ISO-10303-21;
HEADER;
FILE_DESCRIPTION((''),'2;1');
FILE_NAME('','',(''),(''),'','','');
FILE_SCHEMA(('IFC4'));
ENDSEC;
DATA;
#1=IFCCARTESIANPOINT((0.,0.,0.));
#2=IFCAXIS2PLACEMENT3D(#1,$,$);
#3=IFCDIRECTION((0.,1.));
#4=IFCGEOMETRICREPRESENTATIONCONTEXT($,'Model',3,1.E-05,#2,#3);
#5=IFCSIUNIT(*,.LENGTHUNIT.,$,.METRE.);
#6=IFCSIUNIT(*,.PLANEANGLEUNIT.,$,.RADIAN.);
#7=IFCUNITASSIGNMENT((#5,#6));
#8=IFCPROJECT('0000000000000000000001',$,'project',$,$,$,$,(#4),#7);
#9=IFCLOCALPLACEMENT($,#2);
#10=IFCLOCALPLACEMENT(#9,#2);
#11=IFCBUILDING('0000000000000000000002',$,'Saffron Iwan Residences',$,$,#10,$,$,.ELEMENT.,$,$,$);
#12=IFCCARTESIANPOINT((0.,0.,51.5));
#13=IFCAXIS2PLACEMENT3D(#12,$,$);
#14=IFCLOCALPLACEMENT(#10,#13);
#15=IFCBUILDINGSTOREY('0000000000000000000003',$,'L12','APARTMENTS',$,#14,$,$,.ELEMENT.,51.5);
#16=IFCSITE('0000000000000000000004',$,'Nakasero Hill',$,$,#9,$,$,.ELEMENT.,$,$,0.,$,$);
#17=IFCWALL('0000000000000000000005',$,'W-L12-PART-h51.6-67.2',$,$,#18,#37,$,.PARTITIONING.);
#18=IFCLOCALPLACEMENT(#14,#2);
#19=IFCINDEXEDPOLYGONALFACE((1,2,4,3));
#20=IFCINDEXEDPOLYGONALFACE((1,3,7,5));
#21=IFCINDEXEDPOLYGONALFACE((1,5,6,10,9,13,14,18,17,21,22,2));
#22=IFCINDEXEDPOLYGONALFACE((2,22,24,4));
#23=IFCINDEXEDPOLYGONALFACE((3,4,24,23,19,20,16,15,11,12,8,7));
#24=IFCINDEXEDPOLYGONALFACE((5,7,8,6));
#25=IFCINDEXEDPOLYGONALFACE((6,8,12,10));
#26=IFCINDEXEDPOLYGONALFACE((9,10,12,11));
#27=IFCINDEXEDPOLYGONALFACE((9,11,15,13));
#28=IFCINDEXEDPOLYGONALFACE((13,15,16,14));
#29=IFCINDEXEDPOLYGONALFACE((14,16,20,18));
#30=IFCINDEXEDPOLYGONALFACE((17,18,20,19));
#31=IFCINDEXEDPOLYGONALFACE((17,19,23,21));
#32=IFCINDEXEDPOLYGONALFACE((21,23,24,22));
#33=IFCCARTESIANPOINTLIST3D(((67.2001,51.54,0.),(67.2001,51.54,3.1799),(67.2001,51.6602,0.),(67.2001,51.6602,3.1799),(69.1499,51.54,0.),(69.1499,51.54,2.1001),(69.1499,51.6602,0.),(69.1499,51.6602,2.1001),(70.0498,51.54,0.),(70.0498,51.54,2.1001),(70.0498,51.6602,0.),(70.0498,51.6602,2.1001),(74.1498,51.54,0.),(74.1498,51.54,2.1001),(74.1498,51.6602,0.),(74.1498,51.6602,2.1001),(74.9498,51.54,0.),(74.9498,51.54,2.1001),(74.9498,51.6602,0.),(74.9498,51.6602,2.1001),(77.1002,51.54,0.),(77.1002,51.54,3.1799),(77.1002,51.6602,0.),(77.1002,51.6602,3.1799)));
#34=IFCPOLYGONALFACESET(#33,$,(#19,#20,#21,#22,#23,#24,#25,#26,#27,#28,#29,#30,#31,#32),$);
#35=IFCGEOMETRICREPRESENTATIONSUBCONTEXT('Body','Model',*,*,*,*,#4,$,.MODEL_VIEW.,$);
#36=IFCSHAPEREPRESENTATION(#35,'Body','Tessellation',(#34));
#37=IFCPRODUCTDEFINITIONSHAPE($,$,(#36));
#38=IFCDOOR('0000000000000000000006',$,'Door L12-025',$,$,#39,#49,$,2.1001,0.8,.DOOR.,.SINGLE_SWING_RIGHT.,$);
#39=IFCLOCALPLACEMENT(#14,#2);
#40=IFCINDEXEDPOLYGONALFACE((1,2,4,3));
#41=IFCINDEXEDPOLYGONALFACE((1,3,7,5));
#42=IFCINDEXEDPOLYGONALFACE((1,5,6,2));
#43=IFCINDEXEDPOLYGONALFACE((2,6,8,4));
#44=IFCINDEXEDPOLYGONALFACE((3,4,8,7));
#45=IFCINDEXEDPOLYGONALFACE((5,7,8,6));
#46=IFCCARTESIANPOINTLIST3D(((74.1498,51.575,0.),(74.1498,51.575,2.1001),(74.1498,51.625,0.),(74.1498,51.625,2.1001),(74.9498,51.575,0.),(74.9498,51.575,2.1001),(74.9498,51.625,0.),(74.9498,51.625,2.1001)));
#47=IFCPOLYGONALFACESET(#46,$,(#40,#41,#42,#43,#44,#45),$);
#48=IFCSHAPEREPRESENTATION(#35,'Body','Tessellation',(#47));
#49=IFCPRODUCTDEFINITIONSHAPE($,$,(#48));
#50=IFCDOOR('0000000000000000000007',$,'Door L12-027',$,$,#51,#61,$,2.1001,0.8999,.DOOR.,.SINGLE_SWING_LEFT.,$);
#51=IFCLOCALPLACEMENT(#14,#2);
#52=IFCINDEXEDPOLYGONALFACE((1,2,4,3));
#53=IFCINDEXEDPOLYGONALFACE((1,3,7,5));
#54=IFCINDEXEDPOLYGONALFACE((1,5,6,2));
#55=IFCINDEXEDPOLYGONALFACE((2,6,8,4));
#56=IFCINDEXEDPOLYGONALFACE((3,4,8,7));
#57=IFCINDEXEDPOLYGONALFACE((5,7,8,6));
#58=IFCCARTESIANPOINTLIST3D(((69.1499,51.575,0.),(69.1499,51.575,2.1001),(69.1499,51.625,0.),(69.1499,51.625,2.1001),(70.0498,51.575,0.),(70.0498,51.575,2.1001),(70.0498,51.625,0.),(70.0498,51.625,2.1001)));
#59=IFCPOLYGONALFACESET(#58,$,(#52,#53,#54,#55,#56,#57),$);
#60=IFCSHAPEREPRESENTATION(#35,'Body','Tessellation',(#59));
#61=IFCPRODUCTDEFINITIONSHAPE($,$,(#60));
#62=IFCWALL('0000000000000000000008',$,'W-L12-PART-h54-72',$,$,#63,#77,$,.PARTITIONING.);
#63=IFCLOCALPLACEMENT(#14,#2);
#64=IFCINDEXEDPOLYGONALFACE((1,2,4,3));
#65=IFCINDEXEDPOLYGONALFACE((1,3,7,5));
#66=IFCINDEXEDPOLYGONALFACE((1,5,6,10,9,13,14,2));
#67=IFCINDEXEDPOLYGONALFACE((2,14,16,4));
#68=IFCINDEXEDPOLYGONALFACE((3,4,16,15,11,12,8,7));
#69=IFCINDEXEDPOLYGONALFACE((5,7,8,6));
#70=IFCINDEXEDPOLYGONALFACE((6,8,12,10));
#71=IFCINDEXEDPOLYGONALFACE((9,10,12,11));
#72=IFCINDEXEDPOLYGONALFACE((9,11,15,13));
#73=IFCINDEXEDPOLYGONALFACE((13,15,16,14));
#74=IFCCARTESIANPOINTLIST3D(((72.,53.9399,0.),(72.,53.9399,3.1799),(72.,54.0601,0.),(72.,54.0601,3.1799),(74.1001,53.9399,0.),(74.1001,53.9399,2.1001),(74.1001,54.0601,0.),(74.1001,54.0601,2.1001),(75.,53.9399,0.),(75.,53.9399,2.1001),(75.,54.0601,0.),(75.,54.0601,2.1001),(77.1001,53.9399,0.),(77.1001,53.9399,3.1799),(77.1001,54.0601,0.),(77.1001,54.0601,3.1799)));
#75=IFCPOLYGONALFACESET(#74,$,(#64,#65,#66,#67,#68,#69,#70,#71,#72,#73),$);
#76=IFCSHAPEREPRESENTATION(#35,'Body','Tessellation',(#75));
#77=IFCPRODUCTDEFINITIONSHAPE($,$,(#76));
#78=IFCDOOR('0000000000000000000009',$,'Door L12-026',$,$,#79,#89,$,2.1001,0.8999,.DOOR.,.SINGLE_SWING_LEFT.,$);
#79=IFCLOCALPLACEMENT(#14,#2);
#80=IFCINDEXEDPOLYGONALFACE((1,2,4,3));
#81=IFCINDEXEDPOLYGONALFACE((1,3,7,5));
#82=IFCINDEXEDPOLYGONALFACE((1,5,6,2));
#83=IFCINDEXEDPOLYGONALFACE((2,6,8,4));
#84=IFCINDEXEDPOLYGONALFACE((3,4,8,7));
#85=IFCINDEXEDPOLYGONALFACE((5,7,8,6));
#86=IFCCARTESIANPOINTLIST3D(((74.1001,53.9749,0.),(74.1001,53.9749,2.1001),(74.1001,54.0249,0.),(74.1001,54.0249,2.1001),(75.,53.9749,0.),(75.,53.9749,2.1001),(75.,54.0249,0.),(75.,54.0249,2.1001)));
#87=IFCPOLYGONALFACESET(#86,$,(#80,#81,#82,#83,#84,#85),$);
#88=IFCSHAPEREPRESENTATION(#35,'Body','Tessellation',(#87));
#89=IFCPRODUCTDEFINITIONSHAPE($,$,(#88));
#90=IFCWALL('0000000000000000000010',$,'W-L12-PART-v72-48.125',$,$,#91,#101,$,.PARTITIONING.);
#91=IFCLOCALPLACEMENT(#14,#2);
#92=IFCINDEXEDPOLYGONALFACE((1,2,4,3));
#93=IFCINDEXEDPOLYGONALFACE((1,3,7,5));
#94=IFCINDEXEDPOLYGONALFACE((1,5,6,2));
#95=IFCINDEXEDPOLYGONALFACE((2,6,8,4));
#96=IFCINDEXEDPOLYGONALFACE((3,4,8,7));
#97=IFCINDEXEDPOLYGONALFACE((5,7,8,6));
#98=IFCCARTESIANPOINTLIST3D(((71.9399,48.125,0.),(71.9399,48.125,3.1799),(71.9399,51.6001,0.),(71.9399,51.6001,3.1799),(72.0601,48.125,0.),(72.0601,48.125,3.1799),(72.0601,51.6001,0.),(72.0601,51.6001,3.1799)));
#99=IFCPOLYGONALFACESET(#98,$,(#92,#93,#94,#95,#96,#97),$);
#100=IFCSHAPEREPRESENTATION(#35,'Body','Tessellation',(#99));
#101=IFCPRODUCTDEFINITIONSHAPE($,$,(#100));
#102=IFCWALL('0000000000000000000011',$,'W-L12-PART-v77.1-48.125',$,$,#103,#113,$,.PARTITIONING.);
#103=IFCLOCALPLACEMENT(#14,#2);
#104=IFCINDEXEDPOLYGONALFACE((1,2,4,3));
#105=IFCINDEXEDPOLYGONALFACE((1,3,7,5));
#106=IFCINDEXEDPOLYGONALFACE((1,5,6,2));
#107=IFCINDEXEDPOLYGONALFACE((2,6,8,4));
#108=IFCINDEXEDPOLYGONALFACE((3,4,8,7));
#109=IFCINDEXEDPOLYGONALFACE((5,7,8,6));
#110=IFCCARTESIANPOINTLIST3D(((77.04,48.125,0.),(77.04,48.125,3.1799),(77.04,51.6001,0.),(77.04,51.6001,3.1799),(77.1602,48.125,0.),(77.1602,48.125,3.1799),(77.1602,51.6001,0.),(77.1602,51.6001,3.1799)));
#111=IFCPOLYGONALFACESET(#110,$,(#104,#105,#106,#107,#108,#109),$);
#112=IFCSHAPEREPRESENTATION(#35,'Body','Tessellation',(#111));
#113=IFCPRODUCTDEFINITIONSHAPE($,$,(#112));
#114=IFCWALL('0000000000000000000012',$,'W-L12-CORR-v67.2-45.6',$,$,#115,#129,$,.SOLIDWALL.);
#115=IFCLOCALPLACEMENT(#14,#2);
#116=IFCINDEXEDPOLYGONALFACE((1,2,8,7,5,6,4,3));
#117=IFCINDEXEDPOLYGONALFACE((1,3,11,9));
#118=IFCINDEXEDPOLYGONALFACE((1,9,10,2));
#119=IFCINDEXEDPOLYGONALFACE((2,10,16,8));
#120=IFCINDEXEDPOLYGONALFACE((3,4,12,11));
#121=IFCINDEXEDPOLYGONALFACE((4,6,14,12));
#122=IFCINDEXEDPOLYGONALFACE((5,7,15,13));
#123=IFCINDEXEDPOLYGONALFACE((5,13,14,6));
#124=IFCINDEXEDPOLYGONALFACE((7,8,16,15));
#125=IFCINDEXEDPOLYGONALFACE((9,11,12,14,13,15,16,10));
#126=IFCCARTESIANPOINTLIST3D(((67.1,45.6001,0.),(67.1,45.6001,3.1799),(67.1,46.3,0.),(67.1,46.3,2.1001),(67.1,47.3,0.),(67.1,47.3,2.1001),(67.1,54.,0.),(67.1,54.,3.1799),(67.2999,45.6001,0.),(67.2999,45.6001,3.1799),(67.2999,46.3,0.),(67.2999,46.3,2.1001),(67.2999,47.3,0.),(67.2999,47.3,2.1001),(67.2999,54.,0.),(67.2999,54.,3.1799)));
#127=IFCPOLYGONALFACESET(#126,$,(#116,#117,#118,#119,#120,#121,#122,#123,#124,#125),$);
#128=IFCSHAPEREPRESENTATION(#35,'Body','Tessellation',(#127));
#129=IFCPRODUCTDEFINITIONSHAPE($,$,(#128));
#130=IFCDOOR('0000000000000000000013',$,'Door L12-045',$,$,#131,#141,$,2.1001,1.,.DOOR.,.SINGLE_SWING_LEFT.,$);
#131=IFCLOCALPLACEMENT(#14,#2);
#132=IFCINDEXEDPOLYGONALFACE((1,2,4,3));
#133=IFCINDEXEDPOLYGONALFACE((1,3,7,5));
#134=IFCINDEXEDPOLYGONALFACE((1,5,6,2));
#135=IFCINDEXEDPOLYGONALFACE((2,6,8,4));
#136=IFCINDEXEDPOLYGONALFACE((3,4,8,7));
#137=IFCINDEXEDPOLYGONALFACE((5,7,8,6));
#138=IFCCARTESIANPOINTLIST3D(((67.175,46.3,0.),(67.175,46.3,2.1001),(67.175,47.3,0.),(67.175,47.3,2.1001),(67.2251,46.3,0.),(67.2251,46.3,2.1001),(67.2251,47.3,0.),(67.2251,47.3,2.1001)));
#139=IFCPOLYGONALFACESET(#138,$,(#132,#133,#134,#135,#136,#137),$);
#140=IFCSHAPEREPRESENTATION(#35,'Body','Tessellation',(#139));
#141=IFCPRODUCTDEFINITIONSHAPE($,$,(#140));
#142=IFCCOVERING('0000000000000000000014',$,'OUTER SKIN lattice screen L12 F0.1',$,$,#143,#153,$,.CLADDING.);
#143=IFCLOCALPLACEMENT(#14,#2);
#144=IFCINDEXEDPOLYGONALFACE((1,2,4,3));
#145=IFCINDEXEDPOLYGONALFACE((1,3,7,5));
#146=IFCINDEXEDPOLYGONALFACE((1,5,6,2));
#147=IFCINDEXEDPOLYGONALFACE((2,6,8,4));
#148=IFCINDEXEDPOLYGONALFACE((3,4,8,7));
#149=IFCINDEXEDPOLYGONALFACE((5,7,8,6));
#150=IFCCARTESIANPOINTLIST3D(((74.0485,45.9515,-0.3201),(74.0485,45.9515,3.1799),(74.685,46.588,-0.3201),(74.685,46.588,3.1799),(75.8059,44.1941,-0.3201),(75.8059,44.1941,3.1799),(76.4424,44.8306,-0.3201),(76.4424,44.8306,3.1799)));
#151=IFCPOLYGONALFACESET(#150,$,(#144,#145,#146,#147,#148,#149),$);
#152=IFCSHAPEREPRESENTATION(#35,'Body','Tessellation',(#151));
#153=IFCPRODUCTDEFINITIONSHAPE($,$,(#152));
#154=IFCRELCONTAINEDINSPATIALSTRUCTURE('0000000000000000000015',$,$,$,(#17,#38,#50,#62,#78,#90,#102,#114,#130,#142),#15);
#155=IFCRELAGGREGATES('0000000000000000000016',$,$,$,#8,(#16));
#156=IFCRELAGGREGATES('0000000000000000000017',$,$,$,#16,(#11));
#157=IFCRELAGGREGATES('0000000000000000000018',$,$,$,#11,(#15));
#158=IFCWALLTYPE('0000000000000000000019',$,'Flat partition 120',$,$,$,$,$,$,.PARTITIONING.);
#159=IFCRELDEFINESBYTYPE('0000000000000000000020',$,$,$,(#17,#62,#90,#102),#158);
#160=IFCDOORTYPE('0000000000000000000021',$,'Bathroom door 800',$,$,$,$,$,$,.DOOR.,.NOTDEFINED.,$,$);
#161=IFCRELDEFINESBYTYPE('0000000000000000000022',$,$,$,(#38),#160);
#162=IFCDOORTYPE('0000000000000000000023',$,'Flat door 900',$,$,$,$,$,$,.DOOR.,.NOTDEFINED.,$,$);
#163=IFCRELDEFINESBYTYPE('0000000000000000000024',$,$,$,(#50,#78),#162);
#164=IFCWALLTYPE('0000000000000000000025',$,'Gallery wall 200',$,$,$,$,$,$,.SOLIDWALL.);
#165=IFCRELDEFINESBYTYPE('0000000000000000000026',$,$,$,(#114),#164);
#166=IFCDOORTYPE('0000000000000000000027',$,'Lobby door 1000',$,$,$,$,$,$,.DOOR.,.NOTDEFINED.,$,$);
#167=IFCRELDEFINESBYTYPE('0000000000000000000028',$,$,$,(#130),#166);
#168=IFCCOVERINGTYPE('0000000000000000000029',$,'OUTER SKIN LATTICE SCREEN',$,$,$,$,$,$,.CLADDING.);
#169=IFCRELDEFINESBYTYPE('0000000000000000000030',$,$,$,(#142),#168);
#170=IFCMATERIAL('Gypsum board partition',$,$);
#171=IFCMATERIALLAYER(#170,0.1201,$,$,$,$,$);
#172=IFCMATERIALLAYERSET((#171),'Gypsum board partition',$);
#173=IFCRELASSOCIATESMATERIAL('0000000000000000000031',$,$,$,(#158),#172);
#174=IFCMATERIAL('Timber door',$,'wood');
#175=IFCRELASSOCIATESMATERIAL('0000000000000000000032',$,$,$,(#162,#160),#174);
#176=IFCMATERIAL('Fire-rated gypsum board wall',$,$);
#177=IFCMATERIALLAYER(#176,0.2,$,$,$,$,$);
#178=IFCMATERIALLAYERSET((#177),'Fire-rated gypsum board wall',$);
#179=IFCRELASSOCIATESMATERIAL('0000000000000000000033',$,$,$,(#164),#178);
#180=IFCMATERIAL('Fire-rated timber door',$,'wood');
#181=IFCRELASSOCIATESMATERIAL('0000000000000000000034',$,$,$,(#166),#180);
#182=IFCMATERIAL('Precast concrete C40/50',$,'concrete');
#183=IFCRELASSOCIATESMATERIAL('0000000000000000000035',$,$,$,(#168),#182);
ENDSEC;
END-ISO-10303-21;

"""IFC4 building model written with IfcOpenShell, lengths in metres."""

from ifc_helpers import new_model, si_unit, direction, frame, frame_2d, origin, place, context, subcontext, project, spatial, polyline, rectangle, outline, extrude, material, layer, layer_set, type_object, element, fill, save


model = new_model("IFC4")

# Units and contexts
model_context = context("Model", 3, precision=1e-05, world=origin(), true_north=direction((0.0, 1.0)))
body_context = subcontext(model_context, "Body", "Model", "MODEL_VIEW")
ifc_project = project(units=[si_unit("LENGTHUNIT", "METRE"), si_unit("PLANEANGLEUNIT", "RADIAN")], contexts=[model_context])

# Site, building, storey
site_placement = place(None, origin())
site = spatial("IfcSite", under=ifc_project, at=site_placement, Name="Nakasero Hill", CompositionType="ELEMENT", RefElevation=0.0)
building_placement = place(site_placement, origin())
building = spatial("IfcBuilding", under=site, at=building_placement, Name="Saffron Iwan Residences", CompositionType="ELEMENT")
storey_placement = place(building_placement, frame((0.0, 0.0, 51.5)))
storey = spatial("IfcBuildingStorey", under=building, at=storey_placement, Name="L12", Description="APARTMENTS", CompositionType="ELEMENT", Elevation=51.5)

# Shared definitions
ifc_material_1 = material(Name="Fire-rated gypsum board wall")

# Shared definitions
ifc_material_2 = material(Name="Gypsum board partition")
ifc_layer_1 = layer(ifc_material_2, 0.1201)
ifc_layer_set_1 = layer_set([ifc_layer_1], Name="Gypsum board partition")
wall_type_1 = type_object("IfcWallType", Name="Flat partition 120", PredefinedType="PARTITIONING", material=ifc_layer_set_1)
ifc_material_3 = material(Name="Timber door", Category="wood")
door_type_1 = type_object("IfcDoorType", Name="Flat door 900", OperationType="NOTDEFINED", PredefinedType="DOOR", material=ifc_material_3)

# Wall, openings, doors
wall_1_placement = place(storey_placement, frame((67.2, 51.6001, 0.0), z_axis=(0.0, 0.0, 1.0), x_axis=(1.0, 0.0, 0.0)))
wall_1 = element("IfcWall", 1, at=wall_1_placement, inside=storey, type_object=wall_type_1, Name="W-L12-PART-h51.6-67.2", PredefinedType="PARTITIONING", context=body_context, shape_type="SweptSolid", body=[
    extrude(rectangle(XDim=9.9001, YDim=0.1201, at=frame_2d((4.9502, 0.0))), origin(), (0.0, 0.0, 1.0), 3.1799),
])
opening_1_placement = place(wall_1_placement, frame((6.95, 0.0, 0.0)))
opening_1 = element("IfcOpeningElement", 2, at=opening_1_placement, cuts=wall_1, PredefinedType="OPENING", context=body_context, shape_type="SweptSolid", body=[
    extrude(rectangle(XDim=0.8, YDim=2.1001, at=frame_2d((0.3999, 1.05))), frame((0.0, 0.0701, 0.0), z_axis=(0.0, -1.0, 0.0), x_axis=(1.0, 0.0, 0.0)), (0.0, 0.0, 1.0), 0.1401),
])
opening_2_placement = place(wall_1_placement, frame((1.95, 0.0, 0.0)))
opening_2 = element("IfcOpeningElement", 3, at=opening_2_placement, cuts=wall_1, PredefinedType="OPENING", context=body_context, shape_type="SweptSolid", body=[
    extrude(rectangle(XDim=0.8999, YDim=2.1001, at=frame_2d((0.45, 1.05))), frame((0.0, 0.0701, 0.0), z_axis=(0.0, -1.0, 0.0), x_axis=(1.0, 0.0, 0.0)), (0.0, 0.0, 1.0), 0.1401),
])
door_type_2 = type_object("IfcDoorType", Name="Bathroom door 800", OperationType="NOTDEFINED", PredefinedType="DOOR", material=ifc_material_3)
door_1_placement = place(opening_1_placement, origin())
door_1 = element("IfcDoor", 4, at=door_1_placement, inside=storey, type_object=door_type_2, Name="Door L12-025", OperationType="SINGLE_SWING_RIGHT", OverallHeight=2.1001, OverallWidth=0.8, PredefinedType="DOOR", context=body_context, shape_type="SweptSolid", body=[
    extrude(rectangle(XDim=0.8, YDim=2.1001, at=frame_2d((0.3999, 1.05))), frame((0.0, 0.0249, 0.0), z_axis=(0.0, -1.0, 0.0), x_axis=(1.0, 0.0, 0.0)), (0.0, 0.0, 1.0), 0.05),
])
fill(opening_1, door_1)
door_2_placement = place(opening_2_placement, origin())
door_2 = element("IfcDoor", 5, at=door_2_placement, inside=storey, type_object=door_type_1, Name="Door L12-027", OperationType="SINGLE_SWING_LEFT", OverallHeight=2.1001, OverallWidth=0.8999, PredefinedType="DOOR", context=body_context, shape_type="SweptSolid", body=[
    extrude(rectangle(XDim=0.8999, YDim=2.1001, at=frame_2d((0.45, 1.05))), frame((0.0, 0.0249, 0.0), z_axis=(0.0, -1.0, 0.0), x_axis=(1.0, 0.0, 0.0)), (0.0, 0.0, 1.0), 0.05),
])
fill(opening_2, door_2)

# Wall, opening, door
wall_2_placement = place(storey_placement, frame((72.0, 54.0, 0.0), z_axis=(0.0, 0.0, 1.0), x_axis=(1.0, 0.0, 0.0)))
wall_2 = element("IfcWall", 6, at=wall_2_placement, inside=storey, type_object=wall_type_1, Name="W-L12-PART-h54-72", PredefinedType="PARTITIONING", context=body_context, shape_type="SweptSolid", body=[
    extrude(rectangle(XDim=5.1001, YDim=0.1201, at=frame_2d((2.55, 0.0))), origin(), (0.0, 0.0, 1.0), 3.1799),
])
opening_3_placement = place(wall_2_placement, frame((2.1001, 0.0, 0.0)))
opening_3 = element("IfcOpeningElement", 7, at=opening_3_placement, cuts=wall_2, PredefinedType="OPENING", context=body_context, shape_type="SweptSolid", body=[
    extrude(rectangle(XDim=0.8999, YDim=2.1001, at=frame_2d((0.45, 1.05))), frame((0.0, 0.0701, 0.0), z_axis=(0.0, -1.0, 0.0), x_axis=(1.0, 0.0, 0.0)), (0.0, 0.0, 1.0), 0.1401),
])
door_3_placement = place(opening_3_placement, origin())
door_3 = element("IfcDoor", 8, at=door_3_placement, inside=storey, type_object=door_type_1, Name="Door L12-026", OperationType="SINGLE_SWING_LEFT", OverallHeight=2.1001, OverallWidth=0.8999, PredefinedType="DOOR", context=body_context, shape_type="SweptSolid", body=[
    extrude(rectangle(XDim=0.8999, YDim=2.1001, at=frame_2d((0.45, 1.05))), frame((0.0, 0.0249, 0.0), z_axis=(0.0, -1.0, 0.0), x_axis=(1.0, 0.0, 0.0)), (0.0, 0.0, 1.0), 0.05),
])
fill(opening_3, door_3)

# Walls
for number, where, z_axis, x_axis, name in (
    (9, (72.0, 48.125, 0.0), (0.0, 0.0, 1.0), (0.0, 1.0, 0.0), "W-L12-PART-v72-48.125"),
    (10, (77.1001, 48.125, 0.0), (0.0, 0.0, 1.0), (0.0, 1.0, 0.0), "W-L12-PART-v77.1-48.125"),
):
    element("IfcWall", number, at=place(storey_placement, frame(where, z_axis=z_axis, x_axis=x_axis)), inside=storey, type_object=wall_type_1, Name=name, PredefinedType="PARTITIONING", context=body_context, shape_type="SweptSolid", body=[
        extrude(rectangle(XDim=3.4751, YDim=0.1201, at=frame_2d((1.7375, 0.0))), origin(), (0.0, 0.0, 1.0), 3.1799),
    ])

# Wall, opening, door
ifc_layer_2 = layer(ifc_material_1, 0.2)
ifc_layer_set_2 = layer_set([ifc_layer_2], Name="Fire-rated gypsum board wall")
wall_type_2 = type_object("IfcWallType", Name="Gallery wall 200", PredefinedType="SOLIDWALL", material=ifc_layer_set_2)
wall_3_placement = place(storey_placement, frame((67.2, 45.6001, 0.0), z_axis=(0.0, 0.0, 1.0), x_axis=(0.0, 1.0, 0.0)))
wall_3 = element("IfcWall", 11, at=wall_3_placement, inside=storey, type_object=wall_type_2, Name="W-L12-CORR-v67.2-45.6", PredefinedType="SOLIDWALL", context=body_context, shape_type="SweptSolid", body=[
    extrude(rectangle(XDim=8.3999, YDim=0.2, at=frame_2d((4.2, 0.0))), origin(), (0.0, 0.0, 1.0), 3.1799),
])
opening_4_placement = place(wall_3_placement, frame((0.7, 0.0, 0.0)))
opening_4 = element("IfcOpeningElement", 12, at=opening_4_placement, cuts=wall_3, PredefinedType="OPENING", context=body_context, shape_type="SweptSolid", body=[
    extrude(rectangle(XDim=1.0, YDim=2.1001, at=frame_2d((0.5, 1.05))), frame((0.0, 0.1099, 0.0), z_axis=(0.0, -1.0, 0.0), x_axis=(1.0, 0.0, 0.0)), (0.0, 0.0, 1.0), 0.22),
])
ifc_material_4 = material(Name="Fire-rated timber door", Category="wood")
door_type_3 = type_object("IfcDoorType", Name="Lobby door 1000", OperationType="NOTDEFINED", PredefinedType="DOOR", material=ifc_material_4)
door_4_placement = place(opening_4_placement, origin())
door_4 = element("IfcDoor", 13, at=door_4_placement, inside=storey, type_object=door_type_3, Name="Door L12-045", OperationType="SINGLE_SWING_LEFT", OverallHeight=2.1001, OverallWidth=1.0, PredefinedType="DOOR", context=body_context, shape_type="SweptSolid", body=[
    extrude(rectangle(XDim=1.0, YDim=2.1001, at=frame_2d((0.5, 1.05))), frame((0.0, 0.0249, 0.0), z_axis=(0.0, -1.0, 0.0), x_axis=(1.0, 0.0, 0.0)), (0.0, 0.0, 1.0), 0.05),
])
fill(opening_4, door_4)

# Covering
ifc_material_5 = material(Name="Precast concrete C40/50", Category="concrete")
covering_type = type_object("IfcCoveringType", Name="OUTER SKIN LATTICE SCREEN", PredefinedType="CLADDING", material=ifc_material_5)
covering_1_placement = place(storey_placement, frame((75.8059, 44.1941, -0.3201), z_axis=(0.707107, 0.707107, 0.0), x_axis=(-0.707107, 0.707107, 0.0)))
element("IfcCovering", 14, at=covering_1_placement, inside=storey, type_object=covering_type, Name="OUTER SKIN lattice screen L12 F0.1", PredefinedType="CLADDING", context=body_context, shape_type="SweptSolid", body=[
    extrude(outline(polyline([(0.0, 0.0), (2.4854, 0.0), (2.4854, 3.5), (0.0, 3.5), (0.0, 0.0)])), origin(), (0.0, 0.0, 1.0), 0.9001),
])

save(model, "model.ifc")
